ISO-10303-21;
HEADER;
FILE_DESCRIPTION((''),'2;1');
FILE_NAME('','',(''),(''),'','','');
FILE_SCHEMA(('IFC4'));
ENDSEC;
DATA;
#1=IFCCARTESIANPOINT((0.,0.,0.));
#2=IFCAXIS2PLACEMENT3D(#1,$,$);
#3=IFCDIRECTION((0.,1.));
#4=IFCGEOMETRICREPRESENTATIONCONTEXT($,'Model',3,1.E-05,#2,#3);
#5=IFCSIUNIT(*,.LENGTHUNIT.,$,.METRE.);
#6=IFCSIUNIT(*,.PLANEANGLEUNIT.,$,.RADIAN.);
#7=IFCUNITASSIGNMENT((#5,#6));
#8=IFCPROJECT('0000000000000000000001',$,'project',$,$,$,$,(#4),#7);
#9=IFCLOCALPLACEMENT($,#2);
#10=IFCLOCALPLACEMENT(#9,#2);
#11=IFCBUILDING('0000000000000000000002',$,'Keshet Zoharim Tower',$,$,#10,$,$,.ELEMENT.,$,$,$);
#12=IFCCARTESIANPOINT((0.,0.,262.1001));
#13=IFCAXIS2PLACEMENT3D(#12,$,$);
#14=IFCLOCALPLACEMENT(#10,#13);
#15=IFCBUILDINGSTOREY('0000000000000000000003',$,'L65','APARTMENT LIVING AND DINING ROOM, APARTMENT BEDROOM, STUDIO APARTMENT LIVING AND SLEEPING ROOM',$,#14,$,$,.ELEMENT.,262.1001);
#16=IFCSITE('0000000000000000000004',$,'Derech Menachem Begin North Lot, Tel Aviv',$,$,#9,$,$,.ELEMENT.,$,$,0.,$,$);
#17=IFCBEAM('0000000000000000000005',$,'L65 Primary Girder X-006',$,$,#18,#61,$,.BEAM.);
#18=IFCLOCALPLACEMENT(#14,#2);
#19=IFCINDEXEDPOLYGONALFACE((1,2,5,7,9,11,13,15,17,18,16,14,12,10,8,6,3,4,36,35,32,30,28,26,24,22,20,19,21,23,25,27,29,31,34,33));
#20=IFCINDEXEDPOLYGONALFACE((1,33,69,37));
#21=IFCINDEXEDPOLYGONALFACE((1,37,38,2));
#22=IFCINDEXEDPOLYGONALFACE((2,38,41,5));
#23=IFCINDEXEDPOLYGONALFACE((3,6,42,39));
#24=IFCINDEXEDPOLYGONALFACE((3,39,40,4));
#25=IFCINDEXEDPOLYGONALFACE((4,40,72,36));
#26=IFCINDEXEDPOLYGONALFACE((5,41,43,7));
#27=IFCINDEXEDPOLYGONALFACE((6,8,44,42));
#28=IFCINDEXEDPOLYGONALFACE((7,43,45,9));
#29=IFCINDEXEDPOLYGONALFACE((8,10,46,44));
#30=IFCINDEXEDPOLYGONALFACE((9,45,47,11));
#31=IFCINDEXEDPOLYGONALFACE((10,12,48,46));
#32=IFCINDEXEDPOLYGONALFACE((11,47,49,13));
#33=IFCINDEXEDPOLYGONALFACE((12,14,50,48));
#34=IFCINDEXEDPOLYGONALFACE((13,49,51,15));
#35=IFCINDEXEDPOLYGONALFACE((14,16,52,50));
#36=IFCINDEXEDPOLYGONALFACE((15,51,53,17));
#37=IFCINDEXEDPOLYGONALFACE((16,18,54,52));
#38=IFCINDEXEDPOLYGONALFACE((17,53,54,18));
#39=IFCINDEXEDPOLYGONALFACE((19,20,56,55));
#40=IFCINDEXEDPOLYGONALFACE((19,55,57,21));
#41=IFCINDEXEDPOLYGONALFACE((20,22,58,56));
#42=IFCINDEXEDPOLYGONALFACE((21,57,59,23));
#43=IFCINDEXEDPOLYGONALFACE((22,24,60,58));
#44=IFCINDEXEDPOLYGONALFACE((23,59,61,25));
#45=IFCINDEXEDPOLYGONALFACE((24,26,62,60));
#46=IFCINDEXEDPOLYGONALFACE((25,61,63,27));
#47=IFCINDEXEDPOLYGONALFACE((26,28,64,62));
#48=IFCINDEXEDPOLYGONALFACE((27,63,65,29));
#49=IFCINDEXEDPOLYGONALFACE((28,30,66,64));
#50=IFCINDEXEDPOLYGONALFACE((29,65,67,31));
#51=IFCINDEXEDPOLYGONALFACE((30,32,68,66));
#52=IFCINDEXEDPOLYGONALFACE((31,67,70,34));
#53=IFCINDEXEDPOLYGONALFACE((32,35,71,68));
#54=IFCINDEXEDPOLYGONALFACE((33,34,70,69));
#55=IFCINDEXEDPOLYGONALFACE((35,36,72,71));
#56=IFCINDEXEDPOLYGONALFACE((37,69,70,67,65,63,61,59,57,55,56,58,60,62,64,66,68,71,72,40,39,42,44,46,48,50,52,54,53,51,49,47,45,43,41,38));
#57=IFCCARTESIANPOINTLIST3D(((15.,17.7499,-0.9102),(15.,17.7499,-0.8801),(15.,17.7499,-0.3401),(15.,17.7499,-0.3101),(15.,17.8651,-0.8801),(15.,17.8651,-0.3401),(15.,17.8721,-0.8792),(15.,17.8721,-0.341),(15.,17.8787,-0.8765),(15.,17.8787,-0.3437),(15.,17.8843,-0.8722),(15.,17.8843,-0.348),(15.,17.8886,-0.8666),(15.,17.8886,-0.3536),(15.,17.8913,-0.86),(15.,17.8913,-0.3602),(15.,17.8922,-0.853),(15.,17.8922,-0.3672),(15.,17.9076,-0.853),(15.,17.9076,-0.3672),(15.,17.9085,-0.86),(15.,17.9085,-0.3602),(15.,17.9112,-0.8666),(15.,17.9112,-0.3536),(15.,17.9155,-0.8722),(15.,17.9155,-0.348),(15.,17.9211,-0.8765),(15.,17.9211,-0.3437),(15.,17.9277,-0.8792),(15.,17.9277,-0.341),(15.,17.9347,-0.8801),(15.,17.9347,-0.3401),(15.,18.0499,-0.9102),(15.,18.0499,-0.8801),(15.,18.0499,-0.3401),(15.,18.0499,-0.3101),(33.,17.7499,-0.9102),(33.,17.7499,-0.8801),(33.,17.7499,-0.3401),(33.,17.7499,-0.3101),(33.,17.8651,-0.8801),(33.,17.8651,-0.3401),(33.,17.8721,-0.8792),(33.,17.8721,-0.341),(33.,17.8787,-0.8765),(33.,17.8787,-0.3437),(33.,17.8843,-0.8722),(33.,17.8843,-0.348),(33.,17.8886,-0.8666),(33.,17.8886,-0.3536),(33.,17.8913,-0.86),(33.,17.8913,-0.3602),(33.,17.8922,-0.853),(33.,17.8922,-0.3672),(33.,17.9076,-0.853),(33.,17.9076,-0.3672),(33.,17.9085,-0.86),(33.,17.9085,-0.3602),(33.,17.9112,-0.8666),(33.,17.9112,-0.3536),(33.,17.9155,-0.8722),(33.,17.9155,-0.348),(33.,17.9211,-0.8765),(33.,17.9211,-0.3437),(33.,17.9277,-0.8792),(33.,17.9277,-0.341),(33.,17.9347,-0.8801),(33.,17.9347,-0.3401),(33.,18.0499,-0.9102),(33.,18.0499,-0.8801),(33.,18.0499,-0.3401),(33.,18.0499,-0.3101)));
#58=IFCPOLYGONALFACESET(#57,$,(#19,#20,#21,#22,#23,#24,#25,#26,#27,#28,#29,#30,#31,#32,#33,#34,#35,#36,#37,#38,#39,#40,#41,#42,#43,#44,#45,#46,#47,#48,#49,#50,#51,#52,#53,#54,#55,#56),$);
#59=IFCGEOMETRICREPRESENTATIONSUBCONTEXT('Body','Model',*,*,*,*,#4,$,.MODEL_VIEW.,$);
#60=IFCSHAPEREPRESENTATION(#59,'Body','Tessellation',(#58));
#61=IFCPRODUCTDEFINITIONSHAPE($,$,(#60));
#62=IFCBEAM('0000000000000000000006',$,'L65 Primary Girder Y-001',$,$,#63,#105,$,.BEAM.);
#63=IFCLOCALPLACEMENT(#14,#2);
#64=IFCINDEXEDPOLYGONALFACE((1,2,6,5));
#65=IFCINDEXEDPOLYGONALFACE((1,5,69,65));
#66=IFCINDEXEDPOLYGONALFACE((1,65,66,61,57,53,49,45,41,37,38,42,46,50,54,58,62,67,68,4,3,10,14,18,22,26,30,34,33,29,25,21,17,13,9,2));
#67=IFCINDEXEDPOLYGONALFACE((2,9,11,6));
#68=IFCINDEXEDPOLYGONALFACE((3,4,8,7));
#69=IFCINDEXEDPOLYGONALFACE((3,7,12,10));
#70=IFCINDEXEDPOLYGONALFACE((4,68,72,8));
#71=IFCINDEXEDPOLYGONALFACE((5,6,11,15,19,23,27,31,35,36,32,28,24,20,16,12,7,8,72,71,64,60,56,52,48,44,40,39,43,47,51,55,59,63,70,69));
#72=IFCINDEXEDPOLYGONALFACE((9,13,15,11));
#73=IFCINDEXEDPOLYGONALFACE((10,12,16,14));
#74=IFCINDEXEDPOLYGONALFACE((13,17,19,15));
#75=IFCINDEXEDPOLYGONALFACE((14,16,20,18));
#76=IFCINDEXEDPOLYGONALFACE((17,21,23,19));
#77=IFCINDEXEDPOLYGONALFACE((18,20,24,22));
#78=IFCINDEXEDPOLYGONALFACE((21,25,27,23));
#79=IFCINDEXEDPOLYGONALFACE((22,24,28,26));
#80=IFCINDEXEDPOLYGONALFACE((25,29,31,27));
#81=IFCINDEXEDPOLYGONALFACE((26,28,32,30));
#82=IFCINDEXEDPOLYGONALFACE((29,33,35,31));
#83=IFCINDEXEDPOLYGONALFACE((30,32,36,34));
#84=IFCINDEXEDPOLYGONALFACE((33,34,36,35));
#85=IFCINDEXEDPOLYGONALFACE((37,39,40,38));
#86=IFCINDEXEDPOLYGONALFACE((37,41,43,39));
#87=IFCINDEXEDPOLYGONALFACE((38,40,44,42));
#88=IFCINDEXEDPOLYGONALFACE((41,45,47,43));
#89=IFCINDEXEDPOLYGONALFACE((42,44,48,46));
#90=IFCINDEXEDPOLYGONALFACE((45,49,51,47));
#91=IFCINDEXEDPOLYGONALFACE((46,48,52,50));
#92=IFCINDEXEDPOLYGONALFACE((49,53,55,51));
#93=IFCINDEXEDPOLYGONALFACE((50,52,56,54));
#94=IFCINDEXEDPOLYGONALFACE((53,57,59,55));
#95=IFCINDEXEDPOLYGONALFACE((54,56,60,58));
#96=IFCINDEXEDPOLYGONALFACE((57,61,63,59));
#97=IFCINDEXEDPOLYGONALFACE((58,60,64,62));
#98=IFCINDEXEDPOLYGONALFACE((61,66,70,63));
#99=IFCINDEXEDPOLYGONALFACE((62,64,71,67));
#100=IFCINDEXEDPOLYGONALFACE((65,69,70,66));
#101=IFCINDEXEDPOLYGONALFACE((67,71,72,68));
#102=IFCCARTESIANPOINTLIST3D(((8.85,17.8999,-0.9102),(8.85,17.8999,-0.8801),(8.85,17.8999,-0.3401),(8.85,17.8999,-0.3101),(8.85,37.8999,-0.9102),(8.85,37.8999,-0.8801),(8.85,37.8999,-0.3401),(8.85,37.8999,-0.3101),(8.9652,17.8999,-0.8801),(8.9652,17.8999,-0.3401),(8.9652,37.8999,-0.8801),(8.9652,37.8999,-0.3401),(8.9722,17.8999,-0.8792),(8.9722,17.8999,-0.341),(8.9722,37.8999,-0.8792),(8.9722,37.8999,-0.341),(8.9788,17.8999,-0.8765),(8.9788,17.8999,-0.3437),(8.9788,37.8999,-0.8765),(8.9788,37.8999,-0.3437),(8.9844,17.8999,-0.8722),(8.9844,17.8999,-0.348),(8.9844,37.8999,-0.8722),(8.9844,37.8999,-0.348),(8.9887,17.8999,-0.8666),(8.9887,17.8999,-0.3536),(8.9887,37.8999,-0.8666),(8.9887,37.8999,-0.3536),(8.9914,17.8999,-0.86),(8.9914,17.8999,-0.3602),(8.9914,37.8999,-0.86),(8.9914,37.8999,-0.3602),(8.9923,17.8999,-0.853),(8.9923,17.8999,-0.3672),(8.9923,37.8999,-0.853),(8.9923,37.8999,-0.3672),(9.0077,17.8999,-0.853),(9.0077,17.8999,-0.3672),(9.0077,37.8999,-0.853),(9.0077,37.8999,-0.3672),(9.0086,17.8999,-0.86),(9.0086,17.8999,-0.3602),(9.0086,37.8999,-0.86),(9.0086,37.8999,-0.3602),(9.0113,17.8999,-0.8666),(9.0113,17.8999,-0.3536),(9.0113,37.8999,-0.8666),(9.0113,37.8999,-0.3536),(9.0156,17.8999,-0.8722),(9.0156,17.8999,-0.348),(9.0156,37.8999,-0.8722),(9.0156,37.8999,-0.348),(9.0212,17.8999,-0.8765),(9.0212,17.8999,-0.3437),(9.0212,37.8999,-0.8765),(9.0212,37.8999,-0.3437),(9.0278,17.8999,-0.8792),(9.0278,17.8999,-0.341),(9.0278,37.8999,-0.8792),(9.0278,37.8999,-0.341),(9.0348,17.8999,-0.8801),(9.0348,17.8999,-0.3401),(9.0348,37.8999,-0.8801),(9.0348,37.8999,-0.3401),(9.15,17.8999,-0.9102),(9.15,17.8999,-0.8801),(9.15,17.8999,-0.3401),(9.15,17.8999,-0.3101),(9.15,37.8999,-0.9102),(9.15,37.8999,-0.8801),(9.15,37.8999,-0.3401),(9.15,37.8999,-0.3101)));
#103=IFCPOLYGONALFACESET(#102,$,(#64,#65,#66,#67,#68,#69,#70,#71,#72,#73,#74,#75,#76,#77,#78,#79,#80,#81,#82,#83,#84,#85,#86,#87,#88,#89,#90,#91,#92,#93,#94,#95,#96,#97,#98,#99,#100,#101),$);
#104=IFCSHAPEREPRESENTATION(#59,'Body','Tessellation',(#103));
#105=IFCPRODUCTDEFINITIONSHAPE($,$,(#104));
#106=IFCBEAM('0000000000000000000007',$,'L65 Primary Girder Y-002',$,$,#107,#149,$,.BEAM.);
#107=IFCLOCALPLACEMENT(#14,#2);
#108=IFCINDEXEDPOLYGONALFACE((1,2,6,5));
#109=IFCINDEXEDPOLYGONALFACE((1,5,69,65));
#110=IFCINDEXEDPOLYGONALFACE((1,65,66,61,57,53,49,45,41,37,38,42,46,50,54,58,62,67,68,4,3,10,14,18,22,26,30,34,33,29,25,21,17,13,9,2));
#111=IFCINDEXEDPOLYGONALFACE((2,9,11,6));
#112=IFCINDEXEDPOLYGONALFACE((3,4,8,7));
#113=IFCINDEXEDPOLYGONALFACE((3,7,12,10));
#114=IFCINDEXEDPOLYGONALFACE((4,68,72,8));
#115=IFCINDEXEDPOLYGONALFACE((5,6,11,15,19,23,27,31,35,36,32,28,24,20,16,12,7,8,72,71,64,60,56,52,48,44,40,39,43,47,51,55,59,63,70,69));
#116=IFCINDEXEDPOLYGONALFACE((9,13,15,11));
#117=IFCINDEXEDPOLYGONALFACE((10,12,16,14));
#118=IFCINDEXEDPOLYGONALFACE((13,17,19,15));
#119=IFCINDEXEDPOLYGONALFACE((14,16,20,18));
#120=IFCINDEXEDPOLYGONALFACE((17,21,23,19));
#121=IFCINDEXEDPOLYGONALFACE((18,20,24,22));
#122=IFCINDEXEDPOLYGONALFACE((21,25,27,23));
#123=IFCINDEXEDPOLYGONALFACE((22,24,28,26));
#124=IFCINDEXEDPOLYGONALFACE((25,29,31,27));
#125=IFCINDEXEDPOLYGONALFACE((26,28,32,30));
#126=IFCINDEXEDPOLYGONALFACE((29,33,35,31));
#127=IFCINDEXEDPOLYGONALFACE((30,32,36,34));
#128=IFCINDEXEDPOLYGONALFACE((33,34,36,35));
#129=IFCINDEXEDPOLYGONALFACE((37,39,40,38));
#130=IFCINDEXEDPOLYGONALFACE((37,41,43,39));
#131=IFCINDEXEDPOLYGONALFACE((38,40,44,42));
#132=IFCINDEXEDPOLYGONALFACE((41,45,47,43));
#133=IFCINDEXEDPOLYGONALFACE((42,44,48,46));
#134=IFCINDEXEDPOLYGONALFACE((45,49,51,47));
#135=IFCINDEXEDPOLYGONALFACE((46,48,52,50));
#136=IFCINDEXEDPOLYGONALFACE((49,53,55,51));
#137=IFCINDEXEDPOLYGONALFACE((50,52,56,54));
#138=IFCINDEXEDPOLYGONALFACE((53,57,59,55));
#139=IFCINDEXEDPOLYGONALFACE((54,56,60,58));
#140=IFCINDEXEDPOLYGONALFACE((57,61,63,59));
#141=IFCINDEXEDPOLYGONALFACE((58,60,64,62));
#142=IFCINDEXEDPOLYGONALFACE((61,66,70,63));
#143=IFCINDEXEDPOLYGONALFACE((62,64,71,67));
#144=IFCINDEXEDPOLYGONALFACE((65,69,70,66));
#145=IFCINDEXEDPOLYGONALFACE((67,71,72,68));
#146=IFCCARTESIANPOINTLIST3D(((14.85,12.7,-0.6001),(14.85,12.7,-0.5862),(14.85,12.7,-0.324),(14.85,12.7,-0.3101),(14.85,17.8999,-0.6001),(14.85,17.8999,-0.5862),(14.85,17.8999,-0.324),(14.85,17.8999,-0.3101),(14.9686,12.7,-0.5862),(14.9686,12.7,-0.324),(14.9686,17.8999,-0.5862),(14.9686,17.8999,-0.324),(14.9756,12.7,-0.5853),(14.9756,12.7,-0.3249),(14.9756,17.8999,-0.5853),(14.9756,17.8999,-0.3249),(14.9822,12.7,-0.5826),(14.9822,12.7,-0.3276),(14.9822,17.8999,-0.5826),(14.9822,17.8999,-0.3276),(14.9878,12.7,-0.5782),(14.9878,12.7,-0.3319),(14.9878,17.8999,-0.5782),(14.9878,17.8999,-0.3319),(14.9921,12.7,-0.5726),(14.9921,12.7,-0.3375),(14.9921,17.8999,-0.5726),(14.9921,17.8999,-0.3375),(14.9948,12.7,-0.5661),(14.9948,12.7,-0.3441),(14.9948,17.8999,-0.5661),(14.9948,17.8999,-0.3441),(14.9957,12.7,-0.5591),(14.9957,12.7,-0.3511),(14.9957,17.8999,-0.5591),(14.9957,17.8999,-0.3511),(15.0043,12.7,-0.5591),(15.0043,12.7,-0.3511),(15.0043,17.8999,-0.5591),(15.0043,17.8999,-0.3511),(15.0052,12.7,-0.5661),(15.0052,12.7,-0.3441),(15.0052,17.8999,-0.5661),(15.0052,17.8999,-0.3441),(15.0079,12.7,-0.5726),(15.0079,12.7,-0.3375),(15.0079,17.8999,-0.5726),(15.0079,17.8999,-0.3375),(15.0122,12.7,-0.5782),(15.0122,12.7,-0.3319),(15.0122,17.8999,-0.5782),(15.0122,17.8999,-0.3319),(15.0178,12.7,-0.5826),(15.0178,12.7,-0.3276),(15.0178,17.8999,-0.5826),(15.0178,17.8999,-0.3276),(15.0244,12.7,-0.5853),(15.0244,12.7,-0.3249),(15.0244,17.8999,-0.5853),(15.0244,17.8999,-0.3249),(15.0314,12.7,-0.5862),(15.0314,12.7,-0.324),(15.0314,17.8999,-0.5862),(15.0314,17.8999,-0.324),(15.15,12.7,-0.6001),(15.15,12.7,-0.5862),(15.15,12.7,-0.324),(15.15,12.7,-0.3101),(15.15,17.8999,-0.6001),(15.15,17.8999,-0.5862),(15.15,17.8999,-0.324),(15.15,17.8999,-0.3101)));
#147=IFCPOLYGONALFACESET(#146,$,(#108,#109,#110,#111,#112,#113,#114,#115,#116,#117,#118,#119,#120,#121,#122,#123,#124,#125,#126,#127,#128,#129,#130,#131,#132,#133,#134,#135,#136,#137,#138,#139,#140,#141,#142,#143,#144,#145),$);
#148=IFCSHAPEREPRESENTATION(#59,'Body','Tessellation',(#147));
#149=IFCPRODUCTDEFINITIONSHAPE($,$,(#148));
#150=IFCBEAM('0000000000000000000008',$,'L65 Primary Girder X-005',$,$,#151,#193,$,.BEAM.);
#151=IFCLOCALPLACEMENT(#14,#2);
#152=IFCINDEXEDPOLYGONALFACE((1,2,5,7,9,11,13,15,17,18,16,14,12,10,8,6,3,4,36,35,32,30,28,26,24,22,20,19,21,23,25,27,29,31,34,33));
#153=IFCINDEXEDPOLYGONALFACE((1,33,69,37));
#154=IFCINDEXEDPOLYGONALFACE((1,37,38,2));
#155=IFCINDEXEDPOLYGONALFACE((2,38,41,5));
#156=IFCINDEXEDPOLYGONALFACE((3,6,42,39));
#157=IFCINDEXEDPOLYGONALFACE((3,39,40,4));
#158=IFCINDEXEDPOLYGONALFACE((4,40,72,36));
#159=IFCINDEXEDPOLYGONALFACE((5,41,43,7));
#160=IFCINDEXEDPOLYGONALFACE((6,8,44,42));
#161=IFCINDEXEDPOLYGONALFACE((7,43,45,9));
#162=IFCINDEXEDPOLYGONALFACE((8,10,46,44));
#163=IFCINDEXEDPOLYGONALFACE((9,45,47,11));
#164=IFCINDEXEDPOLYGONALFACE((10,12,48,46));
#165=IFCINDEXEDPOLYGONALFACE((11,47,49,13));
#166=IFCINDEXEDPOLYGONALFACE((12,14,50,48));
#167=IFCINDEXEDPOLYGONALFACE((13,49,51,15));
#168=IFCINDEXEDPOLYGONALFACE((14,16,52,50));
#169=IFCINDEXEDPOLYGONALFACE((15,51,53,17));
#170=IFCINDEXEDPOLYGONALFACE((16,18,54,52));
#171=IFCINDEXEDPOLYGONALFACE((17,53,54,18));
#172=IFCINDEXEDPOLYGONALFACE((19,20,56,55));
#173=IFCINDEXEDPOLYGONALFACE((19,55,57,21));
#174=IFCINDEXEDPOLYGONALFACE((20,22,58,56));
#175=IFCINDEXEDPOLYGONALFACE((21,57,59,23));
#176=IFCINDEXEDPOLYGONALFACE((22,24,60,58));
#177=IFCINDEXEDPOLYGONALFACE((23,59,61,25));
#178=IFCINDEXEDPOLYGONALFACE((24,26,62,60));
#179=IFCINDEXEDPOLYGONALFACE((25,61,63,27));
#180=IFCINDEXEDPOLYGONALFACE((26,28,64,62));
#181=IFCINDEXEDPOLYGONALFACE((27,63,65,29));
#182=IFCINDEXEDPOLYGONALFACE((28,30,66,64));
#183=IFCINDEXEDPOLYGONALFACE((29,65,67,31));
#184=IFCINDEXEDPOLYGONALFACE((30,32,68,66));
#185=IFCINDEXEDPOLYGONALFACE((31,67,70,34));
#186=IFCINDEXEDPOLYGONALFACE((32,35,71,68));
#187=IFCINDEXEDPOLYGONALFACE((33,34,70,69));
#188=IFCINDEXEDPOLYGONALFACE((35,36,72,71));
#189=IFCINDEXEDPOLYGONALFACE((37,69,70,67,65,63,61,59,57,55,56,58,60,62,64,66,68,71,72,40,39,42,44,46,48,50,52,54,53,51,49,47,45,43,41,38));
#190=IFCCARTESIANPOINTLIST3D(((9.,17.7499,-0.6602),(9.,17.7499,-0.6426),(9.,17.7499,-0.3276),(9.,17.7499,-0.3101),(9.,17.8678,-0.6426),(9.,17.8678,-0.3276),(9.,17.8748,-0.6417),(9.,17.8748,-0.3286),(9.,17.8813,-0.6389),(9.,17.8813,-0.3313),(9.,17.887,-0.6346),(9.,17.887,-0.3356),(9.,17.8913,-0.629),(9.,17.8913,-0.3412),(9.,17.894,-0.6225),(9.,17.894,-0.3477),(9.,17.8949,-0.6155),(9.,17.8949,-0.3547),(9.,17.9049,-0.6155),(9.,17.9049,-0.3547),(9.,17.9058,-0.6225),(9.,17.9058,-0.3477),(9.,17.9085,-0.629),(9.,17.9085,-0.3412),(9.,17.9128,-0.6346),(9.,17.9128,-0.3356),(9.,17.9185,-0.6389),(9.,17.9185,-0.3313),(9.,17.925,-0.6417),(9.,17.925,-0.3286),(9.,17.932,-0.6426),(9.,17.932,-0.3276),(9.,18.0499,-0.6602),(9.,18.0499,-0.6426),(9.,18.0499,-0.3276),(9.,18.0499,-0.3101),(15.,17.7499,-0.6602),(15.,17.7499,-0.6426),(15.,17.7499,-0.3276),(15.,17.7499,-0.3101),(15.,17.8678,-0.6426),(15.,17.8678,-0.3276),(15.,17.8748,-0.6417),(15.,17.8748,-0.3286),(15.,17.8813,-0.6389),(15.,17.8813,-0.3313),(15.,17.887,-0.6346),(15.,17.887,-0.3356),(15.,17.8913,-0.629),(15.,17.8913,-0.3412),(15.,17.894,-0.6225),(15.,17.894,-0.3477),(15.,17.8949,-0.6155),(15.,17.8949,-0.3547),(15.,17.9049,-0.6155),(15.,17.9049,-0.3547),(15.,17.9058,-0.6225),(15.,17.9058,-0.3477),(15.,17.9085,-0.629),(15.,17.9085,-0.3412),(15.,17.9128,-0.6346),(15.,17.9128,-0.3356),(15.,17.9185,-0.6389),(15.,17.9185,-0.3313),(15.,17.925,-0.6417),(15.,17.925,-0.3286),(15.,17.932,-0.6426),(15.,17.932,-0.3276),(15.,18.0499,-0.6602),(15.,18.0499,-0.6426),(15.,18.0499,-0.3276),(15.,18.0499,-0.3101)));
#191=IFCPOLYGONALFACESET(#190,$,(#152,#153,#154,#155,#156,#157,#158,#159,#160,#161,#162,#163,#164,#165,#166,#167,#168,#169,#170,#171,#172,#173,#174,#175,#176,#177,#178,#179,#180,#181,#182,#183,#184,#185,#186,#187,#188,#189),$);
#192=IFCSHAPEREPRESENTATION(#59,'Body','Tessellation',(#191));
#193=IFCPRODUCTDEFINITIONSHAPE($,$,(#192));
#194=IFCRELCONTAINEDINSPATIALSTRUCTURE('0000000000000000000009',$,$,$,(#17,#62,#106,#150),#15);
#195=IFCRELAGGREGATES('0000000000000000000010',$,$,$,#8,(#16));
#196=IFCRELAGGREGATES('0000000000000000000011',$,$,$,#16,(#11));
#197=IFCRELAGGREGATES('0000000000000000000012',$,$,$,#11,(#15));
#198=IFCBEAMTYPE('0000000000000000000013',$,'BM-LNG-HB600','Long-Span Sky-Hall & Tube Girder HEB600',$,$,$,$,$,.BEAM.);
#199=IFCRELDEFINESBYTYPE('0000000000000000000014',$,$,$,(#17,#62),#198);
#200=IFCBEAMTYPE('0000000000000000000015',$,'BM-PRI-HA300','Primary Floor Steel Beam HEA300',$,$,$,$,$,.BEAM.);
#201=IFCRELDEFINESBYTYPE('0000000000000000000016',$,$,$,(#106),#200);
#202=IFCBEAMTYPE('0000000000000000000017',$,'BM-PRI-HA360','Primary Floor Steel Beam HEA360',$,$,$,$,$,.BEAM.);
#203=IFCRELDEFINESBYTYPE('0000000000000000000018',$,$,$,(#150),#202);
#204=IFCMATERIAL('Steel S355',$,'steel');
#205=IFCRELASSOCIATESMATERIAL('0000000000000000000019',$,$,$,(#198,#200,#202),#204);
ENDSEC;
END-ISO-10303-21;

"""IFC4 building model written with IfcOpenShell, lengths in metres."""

from ifc_helpers import new_model, si_unit, direction, frame, origin, origin_2d, place, context, subcontext, project, spatial, i_section, extrude, material, material_profile, profile_set, type_object, element, save


model = new_model("IFC4")

# Units and contexts
model_context = context("Model", 3, precision=1e-05, world=origin(), true_north=direction((0.0, 1.0)))
body_context = subcontext(model_context, "Body", "Model", "MODEL_VIEW")
ifc_project = project(units=[si_unit("LENGTHUNIT", "METRE"), si_unit("PLANEANGLEUNIT", "RADIAN")], contexts=[model_context])

# Site, building, storey
site_placement = place(None, origin())
site = spatial("IfcSite", under=ifc_project, at=site_placement, Name="Derech Menachem Begin North Lot, Tel Aviv", CompositionType="ELEMENT", RefElevation=0.0)
building_placement = place(site_placement, origin())
building = spatial("IfcBuilding", under=site, at=building_placement, Name="Keshet Zoharim Tower", CompositionType="ELEMENT")
storey_placement = place(building_placement, frame((0.0, 0.0, 262.1001)))
storey = spatial("IfcBuildingStorey", under=building, at=storey_placement, Name="L65", Description="APARTMENT LIVING AND DINING ROOM, APARTMENT BEDROOM, STUDIO APARTMENT LIVING AND SLEEPING ROOM", CompositionType="ELEMENT", Elevation=262.1001)

# Shared definitions
ifc_material_1 = material(Name="Steel S355", Category="steel")

# Beams
ifc_material_profile_1 = material_profile(ifc_material_1, i_section(OverallWidth=0.3, OverallDepth=0.6001, WebThickness=0.0154, FlangeThickness=0.03, FilletRadius=0.0271, at=origin_2d()), Name="HEB600")
ifc_profile_set_1 = profile_set([ifc_material_profile_1], Name="Steel S355")
beam_type_1 = type_object("IfcBeamType", Name="BM-LNG-HB600", Description="Long-Span Sky-Hall & Tube Girder HEB600", PredefinedType="BEAM", material=ifc_profile_set_1)
for number, where, z_axis, x_axis, name in (
    (1, (15.0, 17.8999, -0.6101), (1.0, 0.0, 0.0), (0.0, 1.0, 0.0), "L65 Primary Girder X-006"),
):
    element("IfcBeam", number, at=place(storey_placement, frame(where, z_axis=z_axis, x_axis=x_axis)), inside=storey, type_object=beam_type_1, Name=name, PredefinedType="BEAM", context=body_context, shape_type="SweptSolid", body=[
        extrude(i_section(OverallWidth=0.3, OverallDepth=0.6001, WebThickness=0.0154, FlangeThickness=0.03, FilletRadius=0.0271, at=origin_2d()), origin(), (0.0, 0.0, 1.0), 18.0),
    ])
beam_1_placement = place(storey_placement, frame((9.0, 17.8999, -0.6101), z_axis=(0.0, 1.0, 0.0), x_axis=(-1.0, 0.0, 0.0)))
element("IfcBeam", 2, at=beam_1_placement, inside=storey, type_object=beam_type_1, Name="L65 Primary Girder Y-001", PredefinedType="BEAM", context=body_context, shape_type="SweptSolid", body=[
    extrude(i_section(OverallWidth=0.3, OverallDepth=0.6001, WebThickness=0.0154, FlangeThickness=0.03, FilletRadius=0.0271, at=origin_2d()), origin(), (0.0, 0.0, 1.0), 20.0),
])
ifc_material_profile_2 = material_profile(ifc_material_1, i_section(OverallWidth=0.3, OverallDepth=0.29, WebThickness=0.0085, FlangeThickness=0.0139, FilletRadius=0.0271, at=origin_2d()), Name="HEA300")
ifc_profile_set_2 = profile_set([ifc_material_profile_2], Name="Steel S355")
beam_type_2 = type_object("IfcBeamType", Name="BM-PRI-HA300", Description="Primary Floor Steel Beam HEA300", PredefinedType="BEAM", material=ifc_profile_set_2)
beam_2_placement = place(storey_placement, frame((15.0, 12.7, -0.4551), z_axis=(0.0, 1.0, 0.0), x_axis=(-1.0, 0.0, 0.0)))
element("IfcBeam", 3, at=beam_2_placement, inside=storey, type_object=beam_type_2, Name="L65 Primary Girder Y-002", PredefinedType="BEAM", context=body_context, shape_type="SweptSolid", body=[
    extrude(i_section(OverallWidth=0.3, OverallDepth=0.29, WebThickness=0.0085, FlangeThickness=0.0139, FilletRadius=0.0271, at=origin_2d()), origin(), (0.0, 0.0, 1.0), 5.2),
])
ifc_material_profile_3 = material_profile(ifc_material_1, i_section(OverallWidth=0.3, OverallDepth=0.3501, WebThickness=0.01, FlangeThickness=0.0176, FilletRadius=0.0271, at=origin_2d()), Name="HEA360")
ifc_profile_set_3 = profile_set([ifc_material_profile_3], Name="Steel S355")
beam_type_3 = type_object("IfcBeamType", Name="BM-PRI-HA360", Description="Primary Floor Steel Beam HEA360", PredefinedType="BEAM", material=ifc_profile_set_3)
beam_3_placement = place(storey_placement, frame((9.0, 17.8999, -0.4851), z_axis=(1.0, 0.0, 0.0), x_axis=(0.0, 1.0, 0.0)))
element("IfcBeam", 4, at=beam_3_placement, inside=storey, type_object=beam_type_3, Name="L65 Primary Girder X-005", PredefinedType="BEAM", context=body_context, shape_type="SweptSolid", body=[
    extrude(i_section(OverallWidth=0.3, OverallDepth=0.3501, WebThickness=0.01, FlangeThickness=0.0176, FilletRadius=0.0271, at=origin_2d()), origin(), (0.0, 0.0, 1.0), 6.0),
])

save(model, "model.ifc")
